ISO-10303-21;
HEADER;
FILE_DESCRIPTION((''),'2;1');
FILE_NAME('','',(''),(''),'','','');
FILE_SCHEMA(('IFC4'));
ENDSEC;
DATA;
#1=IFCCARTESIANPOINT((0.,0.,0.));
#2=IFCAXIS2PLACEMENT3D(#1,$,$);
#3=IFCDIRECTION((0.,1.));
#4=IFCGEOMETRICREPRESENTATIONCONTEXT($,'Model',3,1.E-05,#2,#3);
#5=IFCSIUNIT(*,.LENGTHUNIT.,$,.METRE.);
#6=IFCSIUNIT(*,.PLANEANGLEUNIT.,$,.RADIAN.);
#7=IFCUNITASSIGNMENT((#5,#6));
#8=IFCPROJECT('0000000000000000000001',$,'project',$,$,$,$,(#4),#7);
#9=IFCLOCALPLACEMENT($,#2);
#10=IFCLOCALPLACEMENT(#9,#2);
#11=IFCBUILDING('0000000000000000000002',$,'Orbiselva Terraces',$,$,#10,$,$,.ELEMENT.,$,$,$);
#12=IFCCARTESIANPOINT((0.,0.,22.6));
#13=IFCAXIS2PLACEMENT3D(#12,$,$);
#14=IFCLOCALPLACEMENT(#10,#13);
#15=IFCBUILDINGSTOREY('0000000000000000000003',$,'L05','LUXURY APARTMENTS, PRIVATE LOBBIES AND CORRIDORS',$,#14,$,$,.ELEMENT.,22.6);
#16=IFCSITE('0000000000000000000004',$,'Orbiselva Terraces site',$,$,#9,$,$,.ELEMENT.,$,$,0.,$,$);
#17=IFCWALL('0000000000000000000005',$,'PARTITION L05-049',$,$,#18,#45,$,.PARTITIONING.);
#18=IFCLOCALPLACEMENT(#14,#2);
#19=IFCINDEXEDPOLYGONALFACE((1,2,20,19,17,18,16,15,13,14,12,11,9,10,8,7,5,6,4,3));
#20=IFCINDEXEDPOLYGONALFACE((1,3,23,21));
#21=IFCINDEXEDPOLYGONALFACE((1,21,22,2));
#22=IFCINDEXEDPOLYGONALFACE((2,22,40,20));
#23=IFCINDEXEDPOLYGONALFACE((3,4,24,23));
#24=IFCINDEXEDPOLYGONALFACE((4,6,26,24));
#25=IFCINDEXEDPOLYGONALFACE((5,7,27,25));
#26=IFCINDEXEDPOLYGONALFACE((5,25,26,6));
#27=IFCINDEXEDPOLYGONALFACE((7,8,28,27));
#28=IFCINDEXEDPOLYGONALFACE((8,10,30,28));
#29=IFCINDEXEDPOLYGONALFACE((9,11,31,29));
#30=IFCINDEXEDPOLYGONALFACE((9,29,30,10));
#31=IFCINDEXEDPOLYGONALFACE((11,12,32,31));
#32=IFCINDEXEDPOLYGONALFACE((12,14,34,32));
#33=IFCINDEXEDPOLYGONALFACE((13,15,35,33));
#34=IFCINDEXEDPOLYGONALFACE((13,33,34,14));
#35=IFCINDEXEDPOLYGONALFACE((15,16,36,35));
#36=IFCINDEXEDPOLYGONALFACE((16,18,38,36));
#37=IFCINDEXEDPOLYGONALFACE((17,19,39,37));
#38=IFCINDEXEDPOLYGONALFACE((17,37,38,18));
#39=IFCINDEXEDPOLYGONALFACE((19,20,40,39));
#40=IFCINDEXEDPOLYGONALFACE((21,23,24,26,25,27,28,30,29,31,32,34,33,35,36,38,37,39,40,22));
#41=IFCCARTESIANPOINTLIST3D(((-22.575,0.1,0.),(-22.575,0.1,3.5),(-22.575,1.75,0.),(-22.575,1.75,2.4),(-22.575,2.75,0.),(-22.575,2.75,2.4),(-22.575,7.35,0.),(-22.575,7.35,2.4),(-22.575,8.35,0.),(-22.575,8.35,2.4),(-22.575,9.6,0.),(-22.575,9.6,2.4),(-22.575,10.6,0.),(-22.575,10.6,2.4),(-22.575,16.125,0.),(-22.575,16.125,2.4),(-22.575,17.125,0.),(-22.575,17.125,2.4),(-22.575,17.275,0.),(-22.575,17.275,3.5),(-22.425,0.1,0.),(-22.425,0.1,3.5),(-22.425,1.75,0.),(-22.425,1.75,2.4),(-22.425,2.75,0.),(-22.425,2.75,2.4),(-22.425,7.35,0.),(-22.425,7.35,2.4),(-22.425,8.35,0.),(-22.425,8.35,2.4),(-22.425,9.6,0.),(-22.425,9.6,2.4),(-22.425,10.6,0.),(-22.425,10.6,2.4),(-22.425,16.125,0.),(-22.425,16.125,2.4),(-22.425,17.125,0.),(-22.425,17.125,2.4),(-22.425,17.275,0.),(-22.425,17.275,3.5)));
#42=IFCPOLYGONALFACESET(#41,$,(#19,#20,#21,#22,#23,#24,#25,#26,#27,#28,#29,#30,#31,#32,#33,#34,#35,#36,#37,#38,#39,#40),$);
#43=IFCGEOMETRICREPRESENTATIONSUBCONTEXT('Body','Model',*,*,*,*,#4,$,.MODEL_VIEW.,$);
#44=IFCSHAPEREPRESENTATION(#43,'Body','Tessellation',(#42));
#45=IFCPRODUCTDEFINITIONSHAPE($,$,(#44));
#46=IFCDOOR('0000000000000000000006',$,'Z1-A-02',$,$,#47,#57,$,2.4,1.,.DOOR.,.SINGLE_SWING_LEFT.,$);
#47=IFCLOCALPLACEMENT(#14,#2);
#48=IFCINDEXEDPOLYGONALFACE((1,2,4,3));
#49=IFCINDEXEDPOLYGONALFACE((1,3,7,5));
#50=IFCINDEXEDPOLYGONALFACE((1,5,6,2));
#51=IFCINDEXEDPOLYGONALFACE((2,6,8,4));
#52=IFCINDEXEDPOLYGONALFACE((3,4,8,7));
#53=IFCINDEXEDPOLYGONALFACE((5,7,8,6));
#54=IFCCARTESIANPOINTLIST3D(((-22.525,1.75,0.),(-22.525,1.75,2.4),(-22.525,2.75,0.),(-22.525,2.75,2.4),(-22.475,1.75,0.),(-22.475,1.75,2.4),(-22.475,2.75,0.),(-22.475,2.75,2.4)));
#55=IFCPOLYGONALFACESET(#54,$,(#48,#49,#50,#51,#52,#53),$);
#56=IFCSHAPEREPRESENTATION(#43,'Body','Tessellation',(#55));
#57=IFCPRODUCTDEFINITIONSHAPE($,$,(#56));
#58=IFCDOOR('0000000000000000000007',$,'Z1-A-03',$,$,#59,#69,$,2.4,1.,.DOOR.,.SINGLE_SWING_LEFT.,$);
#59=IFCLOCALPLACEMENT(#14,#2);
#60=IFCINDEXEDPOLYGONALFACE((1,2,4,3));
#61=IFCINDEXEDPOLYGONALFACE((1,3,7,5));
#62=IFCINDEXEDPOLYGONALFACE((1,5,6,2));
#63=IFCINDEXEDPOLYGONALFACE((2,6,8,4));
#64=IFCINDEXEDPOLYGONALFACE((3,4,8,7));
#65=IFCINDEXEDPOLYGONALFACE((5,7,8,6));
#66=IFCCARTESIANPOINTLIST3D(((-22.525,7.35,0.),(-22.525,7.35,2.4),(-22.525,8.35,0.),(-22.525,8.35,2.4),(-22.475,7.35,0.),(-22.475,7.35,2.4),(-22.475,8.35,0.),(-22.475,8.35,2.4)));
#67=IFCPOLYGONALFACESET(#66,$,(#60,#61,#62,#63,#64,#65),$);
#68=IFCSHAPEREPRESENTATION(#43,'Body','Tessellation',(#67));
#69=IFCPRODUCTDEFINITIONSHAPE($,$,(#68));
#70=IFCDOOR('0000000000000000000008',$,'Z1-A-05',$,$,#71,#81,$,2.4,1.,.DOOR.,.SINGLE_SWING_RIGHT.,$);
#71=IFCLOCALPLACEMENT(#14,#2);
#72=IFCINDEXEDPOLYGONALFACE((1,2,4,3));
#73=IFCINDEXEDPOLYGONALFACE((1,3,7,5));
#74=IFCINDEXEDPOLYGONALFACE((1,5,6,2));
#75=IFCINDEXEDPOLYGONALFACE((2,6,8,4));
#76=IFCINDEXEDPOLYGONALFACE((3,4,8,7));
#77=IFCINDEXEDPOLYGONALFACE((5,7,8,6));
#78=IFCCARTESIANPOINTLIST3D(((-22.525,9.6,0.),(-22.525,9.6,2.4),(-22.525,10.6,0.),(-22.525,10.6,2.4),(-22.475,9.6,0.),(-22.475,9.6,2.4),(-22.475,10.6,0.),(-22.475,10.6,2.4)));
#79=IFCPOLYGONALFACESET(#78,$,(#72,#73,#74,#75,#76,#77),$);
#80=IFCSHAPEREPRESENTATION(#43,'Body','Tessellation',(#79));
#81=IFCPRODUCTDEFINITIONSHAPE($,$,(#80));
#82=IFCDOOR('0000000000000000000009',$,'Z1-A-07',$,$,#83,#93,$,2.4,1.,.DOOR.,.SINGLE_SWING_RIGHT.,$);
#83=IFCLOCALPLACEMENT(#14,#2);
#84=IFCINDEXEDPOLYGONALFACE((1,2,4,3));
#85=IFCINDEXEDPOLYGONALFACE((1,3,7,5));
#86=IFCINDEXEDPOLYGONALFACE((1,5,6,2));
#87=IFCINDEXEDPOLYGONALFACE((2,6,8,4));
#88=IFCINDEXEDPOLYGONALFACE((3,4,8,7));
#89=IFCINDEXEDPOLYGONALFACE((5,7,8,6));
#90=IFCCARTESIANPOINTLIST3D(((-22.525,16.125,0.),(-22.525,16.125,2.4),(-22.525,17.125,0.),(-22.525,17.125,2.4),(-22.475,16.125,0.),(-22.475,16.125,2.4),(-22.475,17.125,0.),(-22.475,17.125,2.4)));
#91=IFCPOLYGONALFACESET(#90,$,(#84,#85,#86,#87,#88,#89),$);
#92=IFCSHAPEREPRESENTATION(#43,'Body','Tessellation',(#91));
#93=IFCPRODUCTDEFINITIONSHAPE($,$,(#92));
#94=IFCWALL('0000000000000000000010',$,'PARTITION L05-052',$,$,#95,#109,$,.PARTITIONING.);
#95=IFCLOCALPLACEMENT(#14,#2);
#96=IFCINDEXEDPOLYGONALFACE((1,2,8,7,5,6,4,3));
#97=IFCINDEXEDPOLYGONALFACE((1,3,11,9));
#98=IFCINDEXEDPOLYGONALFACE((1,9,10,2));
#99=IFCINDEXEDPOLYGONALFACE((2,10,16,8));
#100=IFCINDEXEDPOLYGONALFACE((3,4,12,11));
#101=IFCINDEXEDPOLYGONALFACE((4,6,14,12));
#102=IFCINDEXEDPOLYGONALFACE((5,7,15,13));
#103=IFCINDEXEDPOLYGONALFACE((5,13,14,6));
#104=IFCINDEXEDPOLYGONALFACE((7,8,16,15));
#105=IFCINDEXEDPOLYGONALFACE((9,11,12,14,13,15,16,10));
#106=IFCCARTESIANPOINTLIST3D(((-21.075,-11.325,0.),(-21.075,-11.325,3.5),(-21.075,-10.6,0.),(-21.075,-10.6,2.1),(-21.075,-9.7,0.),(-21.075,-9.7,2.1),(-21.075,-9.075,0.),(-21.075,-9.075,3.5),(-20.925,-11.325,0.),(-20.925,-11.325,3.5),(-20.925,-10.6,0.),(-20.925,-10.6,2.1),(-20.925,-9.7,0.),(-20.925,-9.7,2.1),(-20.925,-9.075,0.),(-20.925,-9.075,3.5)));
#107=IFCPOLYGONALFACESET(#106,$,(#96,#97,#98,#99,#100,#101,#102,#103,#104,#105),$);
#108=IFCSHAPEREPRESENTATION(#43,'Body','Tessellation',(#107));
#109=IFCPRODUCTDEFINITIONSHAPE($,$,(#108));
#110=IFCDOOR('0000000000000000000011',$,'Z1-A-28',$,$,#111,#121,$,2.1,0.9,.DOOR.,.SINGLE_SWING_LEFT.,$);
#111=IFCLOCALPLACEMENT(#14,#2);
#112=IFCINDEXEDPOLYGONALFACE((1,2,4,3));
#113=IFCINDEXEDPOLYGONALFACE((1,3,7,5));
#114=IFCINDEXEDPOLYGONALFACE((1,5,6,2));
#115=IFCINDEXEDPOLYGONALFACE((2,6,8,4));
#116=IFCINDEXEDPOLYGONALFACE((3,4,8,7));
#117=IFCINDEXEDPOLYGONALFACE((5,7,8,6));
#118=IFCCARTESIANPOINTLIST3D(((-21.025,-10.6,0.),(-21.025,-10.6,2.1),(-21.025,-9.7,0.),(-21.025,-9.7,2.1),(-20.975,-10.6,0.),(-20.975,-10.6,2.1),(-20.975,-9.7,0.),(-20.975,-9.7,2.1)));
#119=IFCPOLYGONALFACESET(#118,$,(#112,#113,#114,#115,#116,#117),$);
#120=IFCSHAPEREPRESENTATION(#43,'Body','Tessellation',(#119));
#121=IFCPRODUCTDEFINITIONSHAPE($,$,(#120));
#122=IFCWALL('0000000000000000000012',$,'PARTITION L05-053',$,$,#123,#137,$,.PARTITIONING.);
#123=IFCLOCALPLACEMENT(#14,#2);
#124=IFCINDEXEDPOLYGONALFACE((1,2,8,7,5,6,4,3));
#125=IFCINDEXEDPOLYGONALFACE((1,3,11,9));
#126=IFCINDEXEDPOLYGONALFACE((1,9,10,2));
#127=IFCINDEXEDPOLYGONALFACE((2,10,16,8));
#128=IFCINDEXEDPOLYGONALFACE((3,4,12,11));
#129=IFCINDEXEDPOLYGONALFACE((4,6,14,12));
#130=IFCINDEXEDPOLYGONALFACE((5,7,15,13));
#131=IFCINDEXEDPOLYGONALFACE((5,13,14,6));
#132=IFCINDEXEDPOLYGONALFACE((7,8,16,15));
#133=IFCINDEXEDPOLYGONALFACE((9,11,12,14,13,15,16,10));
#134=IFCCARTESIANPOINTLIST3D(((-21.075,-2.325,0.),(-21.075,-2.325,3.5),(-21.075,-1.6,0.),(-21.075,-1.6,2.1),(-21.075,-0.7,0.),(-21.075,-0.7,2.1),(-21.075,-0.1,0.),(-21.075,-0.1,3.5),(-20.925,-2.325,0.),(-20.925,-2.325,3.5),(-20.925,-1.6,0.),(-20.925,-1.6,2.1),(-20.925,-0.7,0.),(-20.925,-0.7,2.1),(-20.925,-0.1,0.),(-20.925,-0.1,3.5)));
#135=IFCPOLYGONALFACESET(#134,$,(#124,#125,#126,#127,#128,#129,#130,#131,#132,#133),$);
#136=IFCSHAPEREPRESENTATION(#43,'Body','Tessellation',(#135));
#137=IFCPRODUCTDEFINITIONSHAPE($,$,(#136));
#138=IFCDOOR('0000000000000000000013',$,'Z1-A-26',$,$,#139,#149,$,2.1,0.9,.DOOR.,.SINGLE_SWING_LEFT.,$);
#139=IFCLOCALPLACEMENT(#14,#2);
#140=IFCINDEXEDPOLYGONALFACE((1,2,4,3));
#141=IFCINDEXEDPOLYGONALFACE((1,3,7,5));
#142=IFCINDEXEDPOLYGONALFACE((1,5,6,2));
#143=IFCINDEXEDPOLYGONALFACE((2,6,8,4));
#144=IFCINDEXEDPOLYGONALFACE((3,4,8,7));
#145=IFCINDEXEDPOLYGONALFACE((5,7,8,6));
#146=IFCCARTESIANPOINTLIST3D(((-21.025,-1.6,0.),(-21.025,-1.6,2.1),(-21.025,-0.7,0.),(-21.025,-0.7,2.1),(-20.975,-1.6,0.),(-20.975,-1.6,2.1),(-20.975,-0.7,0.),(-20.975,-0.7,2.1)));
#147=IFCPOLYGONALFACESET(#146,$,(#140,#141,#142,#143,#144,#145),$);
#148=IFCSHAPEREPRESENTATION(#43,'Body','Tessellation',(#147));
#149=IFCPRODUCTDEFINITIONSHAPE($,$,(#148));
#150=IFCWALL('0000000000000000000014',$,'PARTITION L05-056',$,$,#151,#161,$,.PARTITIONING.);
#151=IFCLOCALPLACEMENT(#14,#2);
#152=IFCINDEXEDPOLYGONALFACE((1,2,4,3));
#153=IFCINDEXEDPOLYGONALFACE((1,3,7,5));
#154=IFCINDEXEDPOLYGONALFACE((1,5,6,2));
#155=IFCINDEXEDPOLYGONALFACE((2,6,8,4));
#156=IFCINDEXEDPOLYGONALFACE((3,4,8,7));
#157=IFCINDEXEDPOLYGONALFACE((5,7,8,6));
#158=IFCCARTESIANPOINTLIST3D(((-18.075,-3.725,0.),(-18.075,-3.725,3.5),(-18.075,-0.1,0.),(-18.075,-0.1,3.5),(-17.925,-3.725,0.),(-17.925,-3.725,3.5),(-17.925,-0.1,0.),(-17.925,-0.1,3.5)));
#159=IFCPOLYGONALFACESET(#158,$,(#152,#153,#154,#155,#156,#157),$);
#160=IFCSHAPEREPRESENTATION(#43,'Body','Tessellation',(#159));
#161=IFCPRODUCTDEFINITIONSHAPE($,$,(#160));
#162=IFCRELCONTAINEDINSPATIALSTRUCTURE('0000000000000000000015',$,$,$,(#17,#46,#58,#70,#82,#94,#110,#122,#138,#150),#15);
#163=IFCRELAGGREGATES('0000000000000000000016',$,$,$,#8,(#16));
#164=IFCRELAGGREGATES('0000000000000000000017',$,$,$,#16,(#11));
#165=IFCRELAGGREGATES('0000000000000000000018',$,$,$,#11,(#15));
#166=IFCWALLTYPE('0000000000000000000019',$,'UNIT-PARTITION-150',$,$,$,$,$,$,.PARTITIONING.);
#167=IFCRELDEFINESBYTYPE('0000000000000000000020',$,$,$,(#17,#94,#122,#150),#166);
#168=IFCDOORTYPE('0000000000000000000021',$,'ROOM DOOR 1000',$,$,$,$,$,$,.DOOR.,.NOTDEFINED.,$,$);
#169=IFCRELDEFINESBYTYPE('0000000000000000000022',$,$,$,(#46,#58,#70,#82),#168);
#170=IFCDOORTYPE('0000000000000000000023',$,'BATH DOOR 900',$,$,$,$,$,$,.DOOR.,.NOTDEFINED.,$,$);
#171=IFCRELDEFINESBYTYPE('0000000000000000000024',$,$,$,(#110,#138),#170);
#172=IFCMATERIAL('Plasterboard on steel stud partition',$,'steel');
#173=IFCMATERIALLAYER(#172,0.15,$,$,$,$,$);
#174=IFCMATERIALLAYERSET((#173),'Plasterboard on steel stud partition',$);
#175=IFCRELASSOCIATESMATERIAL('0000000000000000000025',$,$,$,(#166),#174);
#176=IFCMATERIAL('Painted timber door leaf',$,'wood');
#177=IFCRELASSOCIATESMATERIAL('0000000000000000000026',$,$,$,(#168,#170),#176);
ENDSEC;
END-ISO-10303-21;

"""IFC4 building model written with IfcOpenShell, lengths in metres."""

from ifc_helpers import new_model, si_unit, direction, frame, frame_2d, origin, place, context, subcontext, project, spatial, rectangle, extrude, material, layer, layer_set, type_object, element, fill, save


model = new_model("IFC4")

# Units and contexts
model_context = context("Model", 3, precision=1e-05, world=origin(), true_north=direction((0.0, 1.0)))
body_context = subcontext(model_context, "Body", "Model", "MODEL_VIEW")
ifc_project = project(units=[si_unit("LENGTHUNIT", "METRE"), si_unit("PLANEANGLEUNIT", "RADIAN")], contexts=[model_context])

# Site, building, storey
site_placement = place(None, origin())
site = spatial("IfcSite", under=ifc_project, at=site_placement, Name="Orbiselva Terraces site", CompositionType="ELEMENT", RefElevation=0.0)
building_placement = place(site_placement, origin())
building = spatial("IfcBuilding", under=site, at=building_placement, Name="Orbiselva Terraces", CompositionType="ELEMENT")
storey_placement = place(building_placement, frame((0.0, 0.0, 22.6)))
storey = spatial("IfcBuildingStorey", under=building, at=storey_placement, Name="L05", Description="LUXURY APARTMENTS, PRIVATE LOBBIES AND CORRIDORS", CompositionType="ELEMENT", Elevation=22.6)

# Shared definitions
ifc_material_1 = material(Name="Plasterboard on steel stud partition", Category="steel")
ifc_layer_1 = layer(ifc_material_1, 0.15)
ifc_layer_set_1 = layer_set([ifc_layer_1], Name="Plasterboard on steel stud partition")
wall_type_1 = type_object("IfcWallType", Name="UNIT-PARTITION-150", PredefinedType="PARTITIONING", material=ifc_layer_set_1)

# Wall, openings, doors
wall_1_placement = place(storey_placement, frame((-22.5, 0.1, 0.0), z_axis=(0.0, 0.0, 1.0), x_axis=(0.0, 1.0, 0.0)))
wall_1 = element("IfcWall", 1, at=wall_1_placement, inside=storey, type_object=wall_type_1, Name="PARTITION L05-049", PredefinedType="PARTITIONING", context=body_context, shape_type="SweptSolid", body=[
    extrude(rectangle(XDim=17.175, YDim=0.15, at=frame_2d((8.5875, 0.0))), origin(), (0.0, 0.0, 1.0), 3.5),
])
opening_1_placement = place(wall_1_placement, frame((1.65, 0.0, 0.0)))
opening_1 = element("IfcOpeningElement", 2, at=opening_1_placement, cuts=wall_1, PredefinedType="OPENING", context=body_context, shape_type="SweptSolid", body=[
    extrude(rectangle(XDim=1.0, YDim=2.4, at=frame_2d((0.5, 1.2))), frame((0.0, 0.085, 0.0), z_axis=(0.0, -1.0, 0.0), x_axis=(1.0, 0.0, 0.0)), (0.0, 0.0, 1.0), 0.17),
])
opening_2_placement = place(wall_1_placement, frame((7.25, 0.0, 0.0)))
opening_2 = element("IfcOpeningElement", 3, at=opening_2_placement, cuts=wall_1, PredefinedType="OPENING", context=body_context, shape_type="SweptSolid", body=[
    extrude(rectangle(XDim=1.0, YDim=2.4, at=frame_2d((0.5, 1.2))), frame((0.0, 0.085, 0.0), z_axis=(0.0, -1.0, 0.0), x_axis=(1.0, 0.0, 0.0)), (0.0, 0.0, 1.0), 0.17),
])
opening_3_placement = place(wall_1_placement, frame((9.5, 0.0, 0.0)))
opening_3 = element("IfcOpeningElement", 4, at=opening_3_placement, cuts=wall_1, PredefinedType="OPENING", context=body_context, shape_type="SweptSolid", body=[
    extrude(rectangle(XDim=1.0, YDim=2.4, at=frame_2d((0.5, 1.2))), frame((0.0, 0.085, 0.0), z_axis=(0.0, -1.0, 0.0), x_axis=(1.0, 0.0, 0.0)), (0.0, 0.0, 1.0), 0.17),
])
opening_4_placement = place(wall_1_placement, frame((16.025, 0.0, 0.0)))
opening_4 = element("IfcOpeningElement", 5, at=opening_4_placement, cuts=wall_1, PredefinedType="OPENING", context=body_context, shape_type="SweptSolid", body=[
    extrude(rectangle(XDim=1.0, YDim=2.4, at=frame_2d((0.5, 1.2))), frame((0.0, 0.085, 0.0), z_axis=(0.0, -1.0, 0.0), x_axis=(1.0, 0.0, 0.0)), (0.0, 0.0, 1.0), 0.17),
])
ifc_material_2 = material(Name="Painted timber door leaf", Category="wood")
door_type_1 = type_object("IfcDoorType", Name="ROOM DOOR 1000", OperationType="NOTDEFINED", PredefinedType="DOOR", material=ifc_material_2)
door_1_placement = place(opening_1_placement, origin())
door_1 = element("IfcDoor", 6, at=door_1_placement, inside=storey, type_object=door_type_1, Name="Z1-A-02", OperationType="SINGLE_SWING_LEFT", OverallHeight=2.4, OverallWidth=1.0, PredefinedType="DOOR", context=body_context, shape_type="SweptSolid", body=[
    extrude(rectangle(XDim=1.0, YDim=2.4, at=frame_2d((0.5, 1.2))), frame((0.0, 0.025, 0.0), z_axis=(0.0, -1.0, 0.0), x_axis=(1.0, 0.0, 0.0)), (0.0, 0.0, 1.0), 0.05),
])
fill(opening_1, door_1)
door_2_placement = place(opening_2_placement, origin())
door_2 = element("IfcDoor", 7, at=door_2_placement, inside=storey, type_object=door_type_1, Name="Z1-A-03", OperationType="SINGLE_SWING_LEFT", OverallHeight=2.4, OverallWidth=1.0, PredefinedType="DOOR", context=body_context, shape_type="SweptSolid", body=[
    extrude(rectangle(XDim=1.0, YDim=2.4, at=frame_2d((0.5, 1.2))), frame((0.0, 0.025, 0.0), z_axis=(0.0, -1.0, 0.0), x_axis=(1.0, 0.0, 0.0)), (0.0, 0.0, 1.0), 0.05),
])
fill(opening_2, door_2)
door_3_placement = place(opening_3_placement, origin())
door_3 = element("IfcDoor", 8, at=door_3_placement, inside=storey, type_object=door_type_1, Name="Z1-A-05", OperationType="SINGLE_SWING_RIGHT", OverallHeight=2.4, OverallWidth=1.0, PredefinedType="DOOR", context=body_context, shape_type="SweptSolid", body=[
    extrude(rectangle(XDim=1.0, YDim=2.4, at=frame_2d((0.5, 1.2))), frame((0.0, 0.025, 0.0), z_axis=(0.0, -1.0, 0.0), x_axis=(1.0, 0.0, 0.0)), (0.0, 0.0, 1.0), 0.05),
])
fill(opening_3, door_3)
door_4_placement = place(opening_4_placement, origin())
door_4 = element("IfcDoor", 9, at=door_4_placement, inside=storey, type_object=door_type_1, Name="Z1-A-07", OperationType="SINGLE_SWING_RIGHT", OverallHeight=2.4, OverallWidth=1.0, PredefinedType="DOOR", context=body_context, shape_type="SweptSolid", body=[
    extrude(rectangle(XDim=1.0, YDim=2.4, at=frame_2d((0.5, 1.2))), frame((0.0, 0.025, 0.0), z_axis=(0.0, -1.0, 0.0), x_axis=(1.0, 0.0, 0.0)), (0.0, 0.0, 1.0), 0.05),
])
fill(opening_4, door_4)

# Walls, openings, doors
wall_2_placement = place(storey_placement, frame((-21.0, -9.075, 0.0), z_axis=(0.0, 0.0, 1.0), x_axis=(0.0, -1.0, 0.0)))
wall_2 = element("IfcWall", 10, at=wall_2_placement, inside=storey, type_object=wall_type_1, Name="PARTITION L05-052", PredefinedType="PARTITIONING", context=body_context, shape_type="SweptSolid", body=[
    extrude(rectangle(XDim=2.25, YDim=0.15, at=frame_2d((1.125, 0.0))), origin(), (0.0, 0.0, 1.0), 3.5),
])
opening_5_placement = place(wall_2_placement, frame((0.625, 0.0, 0.0)))
opening_5 = element("IfcOpeningElement", 11, at=opening_5_placement, cuts=wall_2, PredefinedType="OPENING", context=body_context, shape_type="SweptSolid", body=[
    extrude(rectangle(XDim=0.9, YDim=2.1, at=frame_2d((0.45, 1.05))), frame((0.0, 0.085, 0.0), z_axis=(0.0, -1.0, 0.0), x_axis=(1.0, 0.0, 0.0)), (0.0, 0.0, 1.0), 0.17),
])
door_type_2 = type_object("IfcDoorType", Name="BATH DOOR 900", OperationType="NOTDEFINED", PredefinedType="DOOR", material=ifc_material_2)
door_5_placement = place(opening_5_placement, origin())
door_5 = element("IfcDoor", 12, at=door_5_placement, inside=storey, type_object=door_type_2, Name="Z1-A-28", OperationType="SINGLE_SWING_LEFT", OverallHeight=2.1, OverallWidth=0.9, PredefinedType="DOOR", context=body_context, shape_type="SweptSolid", body=[
    extrude(rectangle(XDim=0.9, YDim=2.1, at=frame_2d((0.45, 1.05))), frame((0.0, 0.025, 0.0), z_axis=(0.0, -1.0, 0.0), x_axis=(1.0, 0.0, 0.0)), (0.0, 0.0, 1.0), 0.05),
])
fill(opening_5, door_5)
wall_3_placement = place(storey_placement, frame((-21.0, -0.1, 0.0), z_axis=(0.0, 0.0, 1.0), x_axis=(0.0, -1.0, 0.0)))
wall_3 = element("IfcWall", 13, at=wall_3_placement, inside=storey, type_object=wall_type_1, Name="PARTITION L05-053", PredefinedType="PARTITIONING", context=body_context, shape_type="SweptSolid", body=[
    extrude(rectangle(XDim=2.225, YDim=0.15, at=frame_2d((1.1125, 0.0))), origin(), (0.0, 0.0, 1.0), 3.5),
])
opening_6_placement = place(wall_3_placement, frame((0.6, 0.0, 0.0)))
opening_6 = element("IfcOpeningElement", 14, at=opening_6_placement, cuts=wall_3, PredefinedType="OPENING", context=body_context, shape_type="SweptSolid", body=[
    extrude(rectangle(XDim=0.9, YDim=2.1, at=frame_2d((0.45, 1.05))), frame((0.0, 0.085, 0.0), z_axis=(0.0, -1.0, 0.0), x_axis=(1.0, 0.0, 0.0)), (0.0, 0.0, 1.0), 0.17),
])
door_6_placement = place(opening_6_placement, origin())
door_6 = element("IfcDoor", 15, at=door_6_placement, inside=storey, type_object=door_type_2, Name="Z1-A-26", OperationType="SINGLE_SWING_LEFT", OverallHeight=2.1, OverallWidth=0.9, PredefinedType="DOOR", context=body_context, shape_type="SweptSolid", body=[
    extrude(rectangle(XDim=0.9, YDim=2.1, at=frame_2d((0.45, 1.05))), frame((0.0, 0.025, 0.0), z_axis=(0.0, -1.0, 0.0), x_axis=(1.0, 0.0, 0.0)), (0.0, 0.0, 1.0), 0.05),
])
fill(opening_6, door_6)

# Wall
wall_4_placement = place(storey_placement, frame((-18.0, -3.725, 0.0), z_axis=(0.0, 0.0, 1.0), x_axis=(0.0, 1.0, 0.0)))
element("IfcWall", 16, at=wall_4_placement, inside=storey, type_object=wall_type_1, Name="PARTITION L05-056", PredefinedType="PARTITIONING", context=body_context, shape_type="SweptSolid", body=[
    extrude(rectangle(XDim=3.625, YDim=0.15, at=frame_2d((1.8125, 0.0))), origin(), (0.0, 0.0, 1.0), 3.5),
])

save(model, "model.ifc")
